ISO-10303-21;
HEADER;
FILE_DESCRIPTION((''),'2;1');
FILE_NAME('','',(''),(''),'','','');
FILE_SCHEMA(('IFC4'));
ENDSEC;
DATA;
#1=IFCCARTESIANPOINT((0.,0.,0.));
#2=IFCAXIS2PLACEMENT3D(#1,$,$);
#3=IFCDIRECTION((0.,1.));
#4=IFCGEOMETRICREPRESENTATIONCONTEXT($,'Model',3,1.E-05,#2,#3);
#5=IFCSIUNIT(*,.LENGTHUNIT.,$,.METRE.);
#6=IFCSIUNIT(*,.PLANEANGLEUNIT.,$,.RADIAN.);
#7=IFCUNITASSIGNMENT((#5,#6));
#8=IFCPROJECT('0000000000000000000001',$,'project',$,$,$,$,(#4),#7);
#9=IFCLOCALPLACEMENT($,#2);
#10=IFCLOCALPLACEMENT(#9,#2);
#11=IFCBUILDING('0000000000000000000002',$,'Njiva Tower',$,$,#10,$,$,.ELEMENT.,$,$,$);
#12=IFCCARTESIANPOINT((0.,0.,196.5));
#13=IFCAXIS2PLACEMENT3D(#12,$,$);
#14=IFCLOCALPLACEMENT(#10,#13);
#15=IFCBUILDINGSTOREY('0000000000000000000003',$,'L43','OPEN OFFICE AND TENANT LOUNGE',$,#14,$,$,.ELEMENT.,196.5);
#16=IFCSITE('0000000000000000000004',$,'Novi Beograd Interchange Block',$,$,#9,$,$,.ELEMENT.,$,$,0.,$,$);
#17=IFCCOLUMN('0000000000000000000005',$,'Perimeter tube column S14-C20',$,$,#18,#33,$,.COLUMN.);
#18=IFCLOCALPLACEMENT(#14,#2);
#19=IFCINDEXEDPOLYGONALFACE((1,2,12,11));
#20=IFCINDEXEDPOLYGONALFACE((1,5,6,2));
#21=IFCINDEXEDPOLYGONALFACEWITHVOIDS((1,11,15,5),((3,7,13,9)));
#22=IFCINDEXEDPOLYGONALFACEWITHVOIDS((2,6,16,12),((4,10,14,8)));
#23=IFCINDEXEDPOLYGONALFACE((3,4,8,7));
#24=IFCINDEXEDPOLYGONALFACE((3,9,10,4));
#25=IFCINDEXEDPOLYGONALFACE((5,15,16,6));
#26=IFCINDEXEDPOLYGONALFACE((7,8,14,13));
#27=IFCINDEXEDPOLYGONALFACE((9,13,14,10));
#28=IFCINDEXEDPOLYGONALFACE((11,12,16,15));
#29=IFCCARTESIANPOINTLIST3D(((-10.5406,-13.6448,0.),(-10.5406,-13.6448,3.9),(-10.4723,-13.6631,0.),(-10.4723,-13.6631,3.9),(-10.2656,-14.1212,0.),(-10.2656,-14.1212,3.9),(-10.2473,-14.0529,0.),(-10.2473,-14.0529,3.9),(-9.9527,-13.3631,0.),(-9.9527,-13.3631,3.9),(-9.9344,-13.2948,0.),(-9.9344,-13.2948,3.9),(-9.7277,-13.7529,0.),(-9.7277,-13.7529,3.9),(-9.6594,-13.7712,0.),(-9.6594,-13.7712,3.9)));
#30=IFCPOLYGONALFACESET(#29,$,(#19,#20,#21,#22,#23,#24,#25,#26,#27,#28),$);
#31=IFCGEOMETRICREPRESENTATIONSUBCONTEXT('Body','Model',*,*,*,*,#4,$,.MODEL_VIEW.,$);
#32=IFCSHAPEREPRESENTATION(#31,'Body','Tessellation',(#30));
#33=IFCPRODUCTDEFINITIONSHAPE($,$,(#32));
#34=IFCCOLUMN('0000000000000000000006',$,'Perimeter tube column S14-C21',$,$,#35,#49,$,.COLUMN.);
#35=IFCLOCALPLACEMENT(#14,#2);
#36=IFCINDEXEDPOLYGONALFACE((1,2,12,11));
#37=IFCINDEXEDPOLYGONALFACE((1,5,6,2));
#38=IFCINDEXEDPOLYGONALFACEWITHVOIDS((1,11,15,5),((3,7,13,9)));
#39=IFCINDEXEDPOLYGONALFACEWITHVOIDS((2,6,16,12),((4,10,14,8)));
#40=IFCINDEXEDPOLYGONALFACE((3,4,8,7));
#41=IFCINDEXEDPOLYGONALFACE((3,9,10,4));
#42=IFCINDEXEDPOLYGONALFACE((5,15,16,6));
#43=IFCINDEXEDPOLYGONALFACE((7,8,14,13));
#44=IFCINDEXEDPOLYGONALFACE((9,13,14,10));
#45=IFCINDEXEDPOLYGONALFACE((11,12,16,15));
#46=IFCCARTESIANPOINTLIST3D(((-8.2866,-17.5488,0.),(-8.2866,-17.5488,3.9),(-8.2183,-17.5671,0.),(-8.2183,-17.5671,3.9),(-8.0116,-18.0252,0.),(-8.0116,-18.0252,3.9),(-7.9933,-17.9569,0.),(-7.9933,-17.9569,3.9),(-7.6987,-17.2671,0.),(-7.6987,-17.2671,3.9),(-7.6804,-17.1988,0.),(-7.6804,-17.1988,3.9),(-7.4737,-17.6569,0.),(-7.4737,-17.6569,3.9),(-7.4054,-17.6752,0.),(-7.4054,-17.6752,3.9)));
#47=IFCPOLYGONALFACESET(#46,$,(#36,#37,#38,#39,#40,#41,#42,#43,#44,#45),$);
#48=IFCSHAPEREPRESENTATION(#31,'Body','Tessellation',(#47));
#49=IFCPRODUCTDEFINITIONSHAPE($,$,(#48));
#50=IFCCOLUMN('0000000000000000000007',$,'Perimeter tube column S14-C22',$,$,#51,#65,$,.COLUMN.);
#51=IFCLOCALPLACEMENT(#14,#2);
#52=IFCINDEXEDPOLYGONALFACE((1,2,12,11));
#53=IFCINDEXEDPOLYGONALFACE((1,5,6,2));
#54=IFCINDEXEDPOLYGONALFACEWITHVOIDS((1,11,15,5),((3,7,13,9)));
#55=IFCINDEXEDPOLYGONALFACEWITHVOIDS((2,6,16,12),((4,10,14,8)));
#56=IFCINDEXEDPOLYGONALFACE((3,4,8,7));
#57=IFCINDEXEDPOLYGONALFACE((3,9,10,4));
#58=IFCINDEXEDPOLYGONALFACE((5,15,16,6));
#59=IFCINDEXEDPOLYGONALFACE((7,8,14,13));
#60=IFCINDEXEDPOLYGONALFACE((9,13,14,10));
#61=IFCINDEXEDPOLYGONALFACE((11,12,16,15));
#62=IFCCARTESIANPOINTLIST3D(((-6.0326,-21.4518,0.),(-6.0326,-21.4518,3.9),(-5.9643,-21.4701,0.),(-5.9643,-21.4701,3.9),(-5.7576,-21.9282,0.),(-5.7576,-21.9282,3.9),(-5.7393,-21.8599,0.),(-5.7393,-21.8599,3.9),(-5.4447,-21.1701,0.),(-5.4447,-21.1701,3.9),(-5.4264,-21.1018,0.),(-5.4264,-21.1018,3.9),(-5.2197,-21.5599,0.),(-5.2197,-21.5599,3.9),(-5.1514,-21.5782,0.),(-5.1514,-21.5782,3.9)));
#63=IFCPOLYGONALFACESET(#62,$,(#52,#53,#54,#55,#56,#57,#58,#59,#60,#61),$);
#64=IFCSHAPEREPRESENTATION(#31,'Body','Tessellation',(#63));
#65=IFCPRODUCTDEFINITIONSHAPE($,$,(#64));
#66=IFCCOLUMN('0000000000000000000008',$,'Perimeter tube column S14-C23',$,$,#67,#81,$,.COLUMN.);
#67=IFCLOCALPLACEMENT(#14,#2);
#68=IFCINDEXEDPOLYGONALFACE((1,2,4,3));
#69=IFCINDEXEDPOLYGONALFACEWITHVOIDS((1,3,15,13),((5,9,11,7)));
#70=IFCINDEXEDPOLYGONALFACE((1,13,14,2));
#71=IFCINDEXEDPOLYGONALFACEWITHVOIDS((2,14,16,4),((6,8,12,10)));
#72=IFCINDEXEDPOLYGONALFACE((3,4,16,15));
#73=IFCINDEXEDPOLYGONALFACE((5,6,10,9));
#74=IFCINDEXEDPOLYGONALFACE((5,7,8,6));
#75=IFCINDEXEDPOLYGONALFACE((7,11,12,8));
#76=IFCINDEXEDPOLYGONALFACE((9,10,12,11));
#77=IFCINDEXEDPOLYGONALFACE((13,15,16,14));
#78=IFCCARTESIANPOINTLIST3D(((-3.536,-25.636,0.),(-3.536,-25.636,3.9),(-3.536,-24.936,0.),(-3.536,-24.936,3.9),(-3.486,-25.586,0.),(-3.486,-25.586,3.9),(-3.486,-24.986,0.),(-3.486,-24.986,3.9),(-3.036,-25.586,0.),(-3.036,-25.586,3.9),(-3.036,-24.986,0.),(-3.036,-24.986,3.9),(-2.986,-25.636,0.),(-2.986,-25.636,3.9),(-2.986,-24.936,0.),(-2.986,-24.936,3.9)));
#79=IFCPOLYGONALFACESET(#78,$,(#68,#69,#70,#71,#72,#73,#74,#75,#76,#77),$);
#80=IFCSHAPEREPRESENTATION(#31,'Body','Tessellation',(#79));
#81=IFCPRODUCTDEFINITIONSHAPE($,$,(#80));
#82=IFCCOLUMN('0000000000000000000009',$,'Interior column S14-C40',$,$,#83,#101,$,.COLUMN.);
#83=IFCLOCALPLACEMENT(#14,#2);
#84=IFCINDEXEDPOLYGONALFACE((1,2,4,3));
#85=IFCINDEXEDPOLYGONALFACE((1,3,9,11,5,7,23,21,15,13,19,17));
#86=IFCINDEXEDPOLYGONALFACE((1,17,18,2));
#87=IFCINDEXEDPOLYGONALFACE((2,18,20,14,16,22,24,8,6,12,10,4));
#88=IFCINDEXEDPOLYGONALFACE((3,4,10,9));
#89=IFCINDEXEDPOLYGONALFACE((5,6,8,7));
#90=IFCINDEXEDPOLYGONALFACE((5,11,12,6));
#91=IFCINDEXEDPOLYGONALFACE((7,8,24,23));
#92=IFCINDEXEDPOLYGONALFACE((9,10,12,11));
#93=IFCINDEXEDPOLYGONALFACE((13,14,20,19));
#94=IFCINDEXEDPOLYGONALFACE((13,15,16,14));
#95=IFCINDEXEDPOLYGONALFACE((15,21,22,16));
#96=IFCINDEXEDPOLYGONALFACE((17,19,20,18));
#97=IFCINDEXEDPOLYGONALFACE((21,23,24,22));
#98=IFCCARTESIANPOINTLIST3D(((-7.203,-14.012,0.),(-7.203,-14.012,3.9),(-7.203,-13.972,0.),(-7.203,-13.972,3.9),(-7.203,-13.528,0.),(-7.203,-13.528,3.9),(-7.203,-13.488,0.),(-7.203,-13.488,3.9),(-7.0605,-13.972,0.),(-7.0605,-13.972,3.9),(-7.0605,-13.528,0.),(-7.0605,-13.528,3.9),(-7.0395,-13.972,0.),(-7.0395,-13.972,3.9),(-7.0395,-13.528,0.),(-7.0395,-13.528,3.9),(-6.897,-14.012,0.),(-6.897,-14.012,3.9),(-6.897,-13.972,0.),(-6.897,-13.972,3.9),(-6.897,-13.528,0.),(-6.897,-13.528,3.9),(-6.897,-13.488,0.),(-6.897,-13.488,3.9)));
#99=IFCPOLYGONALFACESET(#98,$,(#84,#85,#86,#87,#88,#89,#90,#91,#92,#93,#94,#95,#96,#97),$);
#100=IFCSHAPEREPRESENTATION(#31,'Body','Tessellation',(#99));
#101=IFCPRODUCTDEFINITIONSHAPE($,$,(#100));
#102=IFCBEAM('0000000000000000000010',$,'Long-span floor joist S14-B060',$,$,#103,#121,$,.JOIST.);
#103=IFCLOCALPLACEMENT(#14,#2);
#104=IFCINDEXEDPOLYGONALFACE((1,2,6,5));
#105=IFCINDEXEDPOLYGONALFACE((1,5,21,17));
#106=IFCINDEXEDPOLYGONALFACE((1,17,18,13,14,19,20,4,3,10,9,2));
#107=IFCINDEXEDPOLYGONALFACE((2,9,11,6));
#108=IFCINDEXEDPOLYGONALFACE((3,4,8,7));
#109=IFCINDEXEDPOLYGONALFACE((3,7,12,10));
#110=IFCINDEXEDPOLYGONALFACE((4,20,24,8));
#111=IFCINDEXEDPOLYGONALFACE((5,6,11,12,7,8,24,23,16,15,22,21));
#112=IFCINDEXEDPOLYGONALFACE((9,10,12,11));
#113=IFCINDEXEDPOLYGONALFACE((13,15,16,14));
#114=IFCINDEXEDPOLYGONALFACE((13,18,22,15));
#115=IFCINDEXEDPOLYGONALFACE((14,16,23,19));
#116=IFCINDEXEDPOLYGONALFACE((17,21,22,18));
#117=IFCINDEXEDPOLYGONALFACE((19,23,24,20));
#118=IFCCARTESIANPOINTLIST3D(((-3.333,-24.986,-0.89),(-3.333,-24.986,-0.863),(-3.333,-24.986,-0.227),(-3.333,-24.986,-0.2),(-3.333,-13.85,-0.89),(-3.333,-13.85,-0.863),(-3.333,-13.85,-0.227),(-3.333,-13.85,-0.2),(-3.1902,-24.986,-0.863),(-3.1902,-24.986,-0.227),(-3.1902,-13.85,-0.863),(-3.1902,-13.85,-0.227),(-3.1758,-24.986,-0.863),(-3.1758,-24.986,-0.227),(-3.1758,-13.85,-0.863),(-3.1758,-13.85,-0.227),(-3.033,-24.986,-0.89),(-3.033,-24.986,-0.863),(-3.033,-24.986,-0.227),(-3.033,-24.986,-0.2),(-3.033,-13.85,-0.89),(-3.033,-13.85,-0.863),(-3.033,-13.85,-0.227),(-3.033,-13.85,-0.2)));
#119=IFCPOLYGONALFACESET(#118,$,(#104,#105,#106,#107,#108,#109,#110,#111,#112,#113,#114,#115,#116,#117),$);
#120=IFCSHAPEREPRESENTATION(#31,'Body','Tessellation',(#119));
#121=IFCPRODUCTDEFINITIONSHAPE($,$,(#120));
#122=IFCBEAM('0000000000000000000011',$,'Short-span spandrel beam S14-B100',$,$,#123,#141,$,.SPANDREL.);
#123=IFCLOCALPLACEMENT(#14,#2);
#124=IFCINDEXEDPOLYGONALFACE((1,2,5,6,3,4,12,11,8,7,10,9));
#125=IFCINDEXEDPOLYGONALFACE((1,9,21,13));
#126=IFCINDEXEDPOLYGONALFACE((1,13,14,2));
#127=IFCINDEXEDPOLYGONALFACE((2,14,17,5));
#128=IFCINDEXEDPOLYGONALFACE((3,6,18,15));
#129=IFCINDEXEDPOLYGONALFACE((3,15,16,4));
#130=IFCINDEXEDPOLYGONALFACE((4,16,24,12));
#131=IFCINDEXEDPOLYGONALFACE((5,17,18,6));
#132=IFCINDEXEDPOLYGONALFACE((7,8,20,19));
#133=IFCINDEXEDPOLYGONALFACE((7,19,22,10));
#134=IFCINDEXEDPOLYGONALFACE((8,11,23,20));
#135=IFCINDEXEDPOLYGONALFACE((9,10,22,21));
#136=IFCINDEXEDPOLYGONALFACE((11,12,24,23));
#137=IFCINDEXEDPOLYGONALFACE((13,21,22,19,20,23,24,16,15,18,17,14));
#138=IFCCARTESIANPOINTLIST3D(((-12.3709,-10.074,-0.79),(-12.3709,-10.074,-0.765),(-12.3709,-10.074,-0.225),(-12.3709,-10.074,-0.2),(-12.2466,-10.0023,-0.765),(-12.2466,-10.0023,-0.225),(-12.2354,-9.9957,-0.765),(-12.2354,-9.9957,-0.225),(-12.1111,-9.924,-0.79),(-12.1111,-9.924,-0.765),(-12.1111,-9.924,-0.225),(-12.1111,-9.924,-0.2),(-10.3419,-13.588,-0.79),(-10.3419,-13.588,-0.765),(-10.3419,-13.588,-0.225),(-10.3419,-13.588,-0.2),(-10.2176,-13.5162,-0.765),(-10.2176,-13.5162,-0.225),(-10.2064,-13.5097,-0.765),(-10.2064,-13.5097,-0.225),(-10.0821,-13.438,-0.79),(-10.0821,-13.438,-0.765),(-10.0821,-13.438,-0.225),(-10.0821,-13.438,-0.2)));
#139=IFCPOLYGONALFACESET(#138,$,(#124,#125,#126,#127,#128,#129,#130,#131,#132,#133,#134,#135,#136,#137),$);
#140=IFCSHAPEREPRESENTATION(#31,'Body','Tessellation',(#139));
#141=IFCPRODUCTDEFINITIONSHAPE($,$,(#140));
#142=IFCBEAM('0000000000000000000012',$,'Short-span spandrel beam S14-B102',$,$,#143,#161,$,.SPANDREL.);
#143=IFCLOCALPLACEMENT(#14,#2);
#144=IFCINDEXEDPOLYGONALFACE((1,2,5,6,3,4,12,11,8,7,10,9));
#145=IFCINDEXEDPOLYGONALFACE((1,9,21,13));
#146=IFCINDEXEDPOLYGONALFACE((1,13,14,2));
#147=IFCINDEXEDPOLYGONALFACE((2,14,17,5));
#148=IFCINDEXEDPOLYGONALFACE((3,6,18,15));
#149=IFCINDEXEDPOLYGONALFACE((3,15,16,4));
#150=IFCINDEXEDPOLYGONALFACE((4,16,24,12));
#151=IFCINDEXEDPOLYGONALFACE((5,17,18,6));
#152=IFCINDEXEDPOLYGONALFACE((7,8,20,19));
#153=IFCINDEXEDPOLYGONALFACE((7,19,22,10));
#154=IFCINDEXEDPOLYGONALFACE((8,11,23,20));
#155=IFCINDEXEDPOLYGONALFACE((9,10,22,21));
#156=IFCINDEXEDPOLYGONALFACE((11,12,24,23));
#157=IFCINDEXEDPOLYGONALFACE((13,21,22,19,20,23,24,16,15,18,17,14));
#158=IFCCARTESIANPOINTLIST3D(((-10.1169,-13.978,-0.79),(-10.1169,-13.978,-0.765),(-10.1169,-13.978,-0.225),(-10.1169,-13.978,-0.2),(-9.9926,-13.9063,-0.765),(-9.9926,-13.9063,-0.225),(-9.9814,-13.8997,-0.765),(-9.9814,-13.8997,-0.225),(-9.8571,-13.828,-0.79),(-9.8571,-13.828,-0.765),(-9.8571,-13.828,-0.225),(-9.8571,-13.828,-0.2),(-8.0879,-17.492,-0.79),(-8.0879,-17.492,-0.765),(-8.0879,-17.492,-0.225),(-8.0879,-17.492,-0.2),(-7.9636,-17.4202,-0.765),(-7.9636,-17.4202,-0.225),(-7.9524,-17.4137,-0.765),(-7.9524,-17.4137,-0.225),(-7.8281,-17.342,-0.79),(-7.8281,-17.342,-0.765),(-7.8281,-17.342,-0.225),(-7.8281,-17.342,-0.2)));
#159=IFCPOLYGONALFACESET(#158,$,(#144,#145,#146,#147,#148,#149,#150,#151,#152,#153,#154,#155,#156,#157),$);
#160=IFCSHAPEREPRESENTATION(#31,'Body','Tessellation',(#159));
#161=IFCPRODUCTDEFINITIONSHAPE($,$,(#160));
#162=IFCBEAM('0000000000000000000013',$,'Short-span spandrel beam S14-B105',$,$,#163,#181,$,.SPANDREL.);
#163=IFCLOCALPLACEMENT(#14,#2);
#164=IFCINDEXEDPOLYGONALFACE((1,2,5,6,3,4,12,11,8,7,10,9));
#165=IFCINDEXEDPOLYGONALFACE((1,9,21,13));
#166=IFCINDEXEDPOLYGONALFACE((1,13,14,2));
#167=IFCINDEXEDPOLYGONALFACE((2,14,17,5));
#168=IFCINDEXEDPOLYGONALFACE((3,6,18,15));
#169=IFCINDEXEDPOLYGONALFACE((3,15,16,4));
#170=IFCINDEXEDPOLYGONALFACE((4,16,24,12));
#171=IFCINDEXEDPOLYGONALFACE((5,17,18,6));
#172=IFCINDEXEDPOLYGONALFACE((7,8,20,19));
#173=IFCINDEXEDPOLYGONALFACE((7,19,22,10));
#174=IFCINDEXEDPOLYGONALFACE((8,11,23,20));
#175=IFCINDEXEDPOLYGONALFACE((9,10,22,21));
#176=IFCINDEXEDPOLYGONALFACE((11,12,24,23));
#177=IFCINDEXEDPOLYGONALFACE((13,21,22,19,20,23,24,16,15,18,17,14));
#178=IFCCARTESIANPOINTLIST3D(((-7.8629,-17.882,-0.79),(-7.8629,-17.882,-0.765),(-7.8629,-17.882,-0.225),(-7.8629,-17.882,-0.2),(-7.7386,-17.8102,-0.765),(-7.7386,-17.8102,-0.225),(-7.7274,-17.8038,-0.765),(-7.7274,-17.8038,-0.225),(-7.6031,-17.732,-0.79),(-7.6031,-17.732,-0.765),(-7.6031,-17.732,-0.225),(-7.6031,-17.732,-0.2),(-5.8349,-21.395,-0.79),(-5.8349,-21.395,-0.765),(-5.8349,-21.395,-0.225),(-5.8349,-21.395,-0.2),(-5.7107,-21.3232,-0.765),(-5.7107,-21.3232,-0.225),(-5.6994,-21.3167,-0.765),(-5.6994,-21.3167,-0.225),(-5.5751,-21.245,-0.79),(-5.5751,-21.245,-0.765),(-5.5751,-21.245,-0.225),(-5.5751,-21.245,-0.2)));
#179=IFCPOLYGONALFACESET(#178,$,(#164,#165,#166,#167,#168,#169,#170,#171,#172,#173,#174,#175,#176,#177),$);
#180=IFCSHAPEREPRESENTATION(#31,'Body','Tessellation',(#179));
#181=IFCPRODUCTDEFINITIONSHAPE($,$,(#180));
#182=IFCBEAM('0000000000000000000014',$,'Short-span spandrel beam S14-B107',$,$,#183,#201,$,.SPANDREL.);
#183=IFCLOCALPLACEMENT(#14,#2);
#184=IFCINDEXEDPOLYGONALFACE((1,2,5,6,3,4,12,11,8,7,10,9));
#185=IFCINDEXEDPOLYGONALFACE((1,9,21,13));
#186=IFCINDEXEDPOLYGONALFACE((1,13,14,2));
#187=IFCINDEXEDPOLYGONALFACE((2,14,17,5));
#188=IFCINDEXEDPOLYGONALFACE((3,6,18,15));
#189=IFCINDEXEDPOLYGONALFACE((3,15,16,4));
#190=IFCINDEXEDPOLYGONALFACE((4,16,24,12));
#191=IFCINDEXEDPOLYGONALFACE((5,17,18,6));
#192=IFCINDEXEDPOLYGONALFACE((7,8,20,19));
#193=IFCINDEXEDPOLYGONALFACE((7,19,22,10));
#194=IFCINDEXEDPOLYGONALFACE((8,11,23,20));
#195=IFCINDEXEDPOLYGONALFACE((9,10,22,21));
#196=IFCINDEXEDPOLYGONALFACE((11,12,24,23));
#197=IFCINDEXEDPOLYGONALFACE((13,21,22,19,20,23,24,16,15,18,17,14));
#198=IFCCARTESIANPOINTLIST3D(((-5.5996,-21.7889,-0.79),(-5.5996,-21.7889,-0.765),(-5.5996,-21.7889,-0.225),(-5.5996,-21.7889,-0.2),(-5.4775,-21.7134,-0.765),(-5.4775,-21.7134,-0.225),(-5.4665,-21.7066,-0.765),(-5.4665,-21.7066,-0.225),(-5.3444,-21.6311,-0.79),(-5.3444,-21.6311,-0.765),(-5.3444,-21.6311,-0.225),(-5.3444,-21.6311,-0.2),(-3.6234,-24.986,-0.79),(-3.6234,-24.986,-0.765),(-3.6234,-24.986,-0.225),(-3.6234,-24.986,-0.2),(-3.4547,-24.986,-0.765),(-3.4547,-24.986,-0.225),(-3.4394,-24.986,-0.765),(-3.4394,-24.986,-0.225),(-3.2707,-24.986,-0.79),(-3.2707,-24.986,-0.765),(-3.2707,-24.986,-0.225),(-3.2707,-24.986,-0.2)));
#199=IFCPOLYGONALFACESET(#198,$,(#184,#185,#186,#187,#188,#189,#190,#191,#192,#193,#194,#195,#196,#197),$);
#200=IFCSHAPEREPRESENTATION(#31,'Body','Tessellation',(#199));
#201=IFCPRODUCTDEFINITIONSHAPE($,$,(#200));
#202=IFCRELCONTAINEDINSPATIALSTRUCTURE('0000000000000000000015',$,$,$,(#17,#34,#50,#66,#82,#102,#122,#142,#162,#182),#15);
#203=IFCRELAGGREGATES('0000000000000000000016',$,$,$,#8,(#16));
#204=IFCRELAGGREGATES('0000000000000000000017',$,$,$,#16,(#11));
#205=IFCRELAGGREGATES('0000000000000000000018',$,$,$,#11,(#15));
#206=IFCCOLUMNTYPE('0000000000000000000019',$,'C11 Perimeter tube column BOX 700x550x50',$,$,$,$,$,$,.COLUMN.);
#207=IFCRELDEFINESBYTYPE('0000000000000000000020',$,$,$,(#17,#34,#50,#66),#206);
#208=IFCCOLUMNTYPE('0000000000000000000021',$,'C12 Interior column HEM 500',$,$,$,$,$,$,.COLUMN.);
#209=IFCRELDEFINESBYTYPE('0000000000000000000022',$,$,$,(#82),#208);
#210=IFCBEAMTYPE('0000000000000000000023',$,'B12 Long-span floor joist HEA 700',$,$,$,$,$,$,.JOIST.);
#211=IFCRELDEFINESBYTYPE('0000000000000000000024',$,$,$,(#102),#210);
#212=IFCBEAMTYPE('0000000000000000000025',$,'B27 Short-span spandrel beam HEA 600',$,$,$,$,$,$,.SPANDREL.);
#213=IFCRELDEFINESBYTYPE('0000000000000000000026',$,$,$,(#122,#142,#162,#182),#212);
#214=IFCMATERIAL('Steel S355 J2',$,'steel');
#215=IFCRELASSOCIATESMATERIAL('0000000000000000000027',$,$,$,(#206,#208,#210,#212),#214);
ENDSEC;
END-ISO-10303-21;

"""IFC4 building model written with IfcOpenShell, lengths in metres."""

from ifc_helpers import new_model, si_unit, direction, frame, origin, origin_2d, place, context, subcontext, project, spatial, hollow_rectangle, i_section, extrude, clip, halfspace, material, material_profile, profile_set, type_object, element, save


model = new_model("IFC4")

# Units and contexts
model_context = context("Model", 3, precision=1e-05, world=origin(), true_north=direction((0.0, 1.0)))
body_context = subcontext(model_context, "Body", "Model", "MODEL_VIEW")
ifc_project = project(units=[si_unit("LENGTHUNIT", "METRE"), si_unit("PLANEANGLEUNIT", "RADIAN")], contexts=[model_context])

# Site, building, storey
site_placement = place(None, origin())
site = spatial("IfcSite", under=ifc_project, at=site_placement, Name="Novi Beograd Interchange Block", CompositionType="ELEMENT", RefElevation=0.0)
building_placement = place(site_placement, origin())
building = spatial("IfcBuilding", under=site, at=building_placement, Name="Njiva Tower", CompositionType="ELEMENT")
storey_placement = place(building_placement, frame((0.0, 0.0, 196.5)))
storey = spatial("IfcBuildingStorey", under=building, at=storey_placement, Name="L43", Description="OPEN OFFICE AND TENANT LOUNGE", CompositionType="ELEMENT", Elevation=196.5)

# Columns
ifc_material_1 = material(Name="Steel S355 J2", Category="steel")
ifc_material_profile_1 = material_profile(ifc_material_1, hollow_rectangle(XDim=0.55, YDim=0.7, WallThickness=0.05, at=origin_2d()), Name="BOX 700x550x50")
ifc_profile_set_1 = profile_set([ifc_material_profile_1], Name="Steel S355 J2")
column_type_1 = type_object("IfcColumnType", Name="C11 Perimeter tube column BOX 700x550x50", PredefinedType="COLUMN", material=ifc_profile_set_1)
for number, where, z_axis, x_axis, name in (
    (1, (-10.1, -13.708, 0.0), (0.0, 0.0, 1.0), (0.5, -0.866025, 0.0), "Perimeter tube column S14-C20"),
    (2, (-7.846, -17.612, 0.0), (0.0, 0.0, 1.0), (0.5, -0.866025, 0.0), "Perimeter tube column S14-C21"),
    (3, (-5.592, -21.515, 0.0), (0.0, 0.0, 1.0), (0.5, -0.866025, 0.0), "Perimeter tube column S14-C22"),
    (4, (-3.261, -25.286, 0.0), (0.0, 0.0, 1.0), (1.0, 0.0, 0.0), "Perimeter tube column S14-C23"),
):
    element("IfcColumn", number, at=place(storey_placement, frame(where, z_axis=z_axis, x_axis=x_axis)), inside=storey, type_object=column_type_1, Name=name, PredefinedType="COLUMN", context=body_context, shape_type="SweptSolid", body=[
        extrude(hollow_rectangle(XDim=0.55, YDim=0.7, WallThickness=0.05, at=origin_2d()), origin(), (0.0, 0.0, 1.0), 3.9),
    ])
ifc_material_profile_2 = material_profile(ifc_material_1, i_section(OverallWidth=0.306, OverallDepth=0.524, WebThickness=0.021, FlangeThickness=0.04, at=origin_2d()), Name="HEM 500")
ifc_profile_set_2 = profile_set([ifc_material_profile_2], Name="Steel S355 J2")
column_type_2 = type_object("IfcColumnType", Name="C12 Interior column HEM 500", PredefinedType="COLUMN", material=ifc_profile_set_2)
column_placement = place(storey_placement, frame((-7.05, -13.75, 0.0), z_axis=(0.0, 0.0, 1.0), x_axis=(1.0, 0.0, 0.0)))
element("IfcColumn", 5, at=column_placement, inside=storey, type_object=column_type_2, Name="Interior column S14-C40", PredefinedType="COLUMN", context=body_context, shape_type="SweptSolid", body=[
    extrude(i_section(OverallWidth=0.306, OverallDepth=0.524, WebThickness=0.021, FlangeThickness=0.04, at=origin_2d()), origin(), (0.0, 0.0, 1.0), 3.9),
])

# Beams
ifc_material_profile_3 = material_profile(ifc_material_1, i_section(OverallWidth=0.3, OverallDepth=0.69, WebThickness=0.0145, FlangeThickness=0.027, at=origin_2d()), Name="HEA 700")
ifc_profile_set_3 = profile_set([ifc_material_profile_3], Name="Steel S355 J2")
beam_type_1 = type_object("IfcBeamType", Name="B12 Long-span floor joist HEA 700", PredefinedType="JOIST", material=ifc_profile_set_3)
beam_1_placement = place(storey_placement, frame((-3.183, -13.85, -0.545), z_axis=(0.0, -1.0, 0.0), x_axis=(1.0, 0.0, 0.0)))
element("IfcBeam", 6, at=beam_1_placement, inside=storey, type_object=beam_type_1, Name="Long-span floor joist S14-B060", PredefinedType="JOIST", context=body_context, shape_type="SweptSolid", body=[
    extrude(i_section(OverallWidth=0.3, OverallDepth=0.69, WebThickness=0.0145, FlangeThickness=0.027, at=origin_2d()), origin(), (0.0, 0.0, 1.0), 11.136),
])
ifc_material_profile_4 = material_profile(ifc_material_1, i_section(OverallWidth=0.3, OverallDepth=0.59, WebThickness=0.013, FlangeThickness=0.025, at=origin_2d()), Name="HEA 600")
ifc_profile_set_4 = profile_set([ifc_material_profile_4], Name="Steel S355 J2")
beam_type_2 = type_object("IfcBeamType", Name="B27 Short-span spandrel beam HEA 600", PredefinedType="SPANDREL", material=ifc_profile_set_4)
for number, where, z_axis, x_axis, name in (
    (7, (-12.241, -9.999, -0.495), (0.500035, -0.866005, 0.0), (0.866005, 0.500035, 0.0), "Short-span spandrel beam S14-B100"),
    (8, (-9.987, -13.903, -0.495), (0.500035, -0.866005, 0.0), (0.866005, 0.500035, 0.0), "Short-span spandrel beam S14-B102"),
):
    element("IfcBeam", number, at=place(storey_placement, frame(where, z_axis=z_axis, x_axis=x_axis)), inside=storey, type_object=beam_type_2, Name=name, PredefinedType="SPANDREL", context=body_context, shape_type="SweptSolid", body=[
        extrude(i_section(OverallWidth=0.3, OverallDepth=0.59, WebThickness=0.013, FlangeThickness=0.025, at=origin_2d()), origin(), (0.0, 0.0, 1.0), 4.0577),
    ])
beam_2_placement = place(storey_placement, frame((-7.733, -17.807, -0.495), z_axis=(0.499957, -0.86605, 0.0), x_axis=(0.86605, 0.499957, 0.0)))
element("IfcBeam", 9, at=beam_2_placement, inside=storey, type_object=beam_type_2, Name="Short-span spandrel beam S14-B105", PredefinedType="SPANDREL", context=body_context, shape_type="SweptSolid", body=[
    extrude(i_section(OverallWidth=0.3, OverallDepth=0.59, WebThickness=0.013, FlangeThickness=0.025, at=origin_2d()), origin(), (0.0, 0.0, 1.0), 4.0563),
])
beam_3_placement = place(storey_placement, frame((-5.472, -21.71, -0.495), z_axis=(0.525791, -0.850614, 0.0), x_axis=(0.850614, 0.525791, 0.0)))
element("IfcBeam", 10, at=beam_3_placement, inside=storey, type_object=beam_type_2, Name="Short-span spandrel beam S14-B107", PredefinedType="SPANDREL", context=body_context, shape_type="Clipping", body=[
    clip(extrude(i_section(OverallWidth=0.3, OverallDepth=0.59, WebThickness=0.013, FlangeThickness=0.025, at=origin_2d()), origin(), (0.0, 0.0, 1.0), 3.9643), halfspace(frame((-0.0259, 0.0, 3.8353), z_axis=(-0.525791, 0.0, 0.850614), x_axis=(0.0, 1.0, 0.0)), False)),
])

save(model, "model.ifc")
